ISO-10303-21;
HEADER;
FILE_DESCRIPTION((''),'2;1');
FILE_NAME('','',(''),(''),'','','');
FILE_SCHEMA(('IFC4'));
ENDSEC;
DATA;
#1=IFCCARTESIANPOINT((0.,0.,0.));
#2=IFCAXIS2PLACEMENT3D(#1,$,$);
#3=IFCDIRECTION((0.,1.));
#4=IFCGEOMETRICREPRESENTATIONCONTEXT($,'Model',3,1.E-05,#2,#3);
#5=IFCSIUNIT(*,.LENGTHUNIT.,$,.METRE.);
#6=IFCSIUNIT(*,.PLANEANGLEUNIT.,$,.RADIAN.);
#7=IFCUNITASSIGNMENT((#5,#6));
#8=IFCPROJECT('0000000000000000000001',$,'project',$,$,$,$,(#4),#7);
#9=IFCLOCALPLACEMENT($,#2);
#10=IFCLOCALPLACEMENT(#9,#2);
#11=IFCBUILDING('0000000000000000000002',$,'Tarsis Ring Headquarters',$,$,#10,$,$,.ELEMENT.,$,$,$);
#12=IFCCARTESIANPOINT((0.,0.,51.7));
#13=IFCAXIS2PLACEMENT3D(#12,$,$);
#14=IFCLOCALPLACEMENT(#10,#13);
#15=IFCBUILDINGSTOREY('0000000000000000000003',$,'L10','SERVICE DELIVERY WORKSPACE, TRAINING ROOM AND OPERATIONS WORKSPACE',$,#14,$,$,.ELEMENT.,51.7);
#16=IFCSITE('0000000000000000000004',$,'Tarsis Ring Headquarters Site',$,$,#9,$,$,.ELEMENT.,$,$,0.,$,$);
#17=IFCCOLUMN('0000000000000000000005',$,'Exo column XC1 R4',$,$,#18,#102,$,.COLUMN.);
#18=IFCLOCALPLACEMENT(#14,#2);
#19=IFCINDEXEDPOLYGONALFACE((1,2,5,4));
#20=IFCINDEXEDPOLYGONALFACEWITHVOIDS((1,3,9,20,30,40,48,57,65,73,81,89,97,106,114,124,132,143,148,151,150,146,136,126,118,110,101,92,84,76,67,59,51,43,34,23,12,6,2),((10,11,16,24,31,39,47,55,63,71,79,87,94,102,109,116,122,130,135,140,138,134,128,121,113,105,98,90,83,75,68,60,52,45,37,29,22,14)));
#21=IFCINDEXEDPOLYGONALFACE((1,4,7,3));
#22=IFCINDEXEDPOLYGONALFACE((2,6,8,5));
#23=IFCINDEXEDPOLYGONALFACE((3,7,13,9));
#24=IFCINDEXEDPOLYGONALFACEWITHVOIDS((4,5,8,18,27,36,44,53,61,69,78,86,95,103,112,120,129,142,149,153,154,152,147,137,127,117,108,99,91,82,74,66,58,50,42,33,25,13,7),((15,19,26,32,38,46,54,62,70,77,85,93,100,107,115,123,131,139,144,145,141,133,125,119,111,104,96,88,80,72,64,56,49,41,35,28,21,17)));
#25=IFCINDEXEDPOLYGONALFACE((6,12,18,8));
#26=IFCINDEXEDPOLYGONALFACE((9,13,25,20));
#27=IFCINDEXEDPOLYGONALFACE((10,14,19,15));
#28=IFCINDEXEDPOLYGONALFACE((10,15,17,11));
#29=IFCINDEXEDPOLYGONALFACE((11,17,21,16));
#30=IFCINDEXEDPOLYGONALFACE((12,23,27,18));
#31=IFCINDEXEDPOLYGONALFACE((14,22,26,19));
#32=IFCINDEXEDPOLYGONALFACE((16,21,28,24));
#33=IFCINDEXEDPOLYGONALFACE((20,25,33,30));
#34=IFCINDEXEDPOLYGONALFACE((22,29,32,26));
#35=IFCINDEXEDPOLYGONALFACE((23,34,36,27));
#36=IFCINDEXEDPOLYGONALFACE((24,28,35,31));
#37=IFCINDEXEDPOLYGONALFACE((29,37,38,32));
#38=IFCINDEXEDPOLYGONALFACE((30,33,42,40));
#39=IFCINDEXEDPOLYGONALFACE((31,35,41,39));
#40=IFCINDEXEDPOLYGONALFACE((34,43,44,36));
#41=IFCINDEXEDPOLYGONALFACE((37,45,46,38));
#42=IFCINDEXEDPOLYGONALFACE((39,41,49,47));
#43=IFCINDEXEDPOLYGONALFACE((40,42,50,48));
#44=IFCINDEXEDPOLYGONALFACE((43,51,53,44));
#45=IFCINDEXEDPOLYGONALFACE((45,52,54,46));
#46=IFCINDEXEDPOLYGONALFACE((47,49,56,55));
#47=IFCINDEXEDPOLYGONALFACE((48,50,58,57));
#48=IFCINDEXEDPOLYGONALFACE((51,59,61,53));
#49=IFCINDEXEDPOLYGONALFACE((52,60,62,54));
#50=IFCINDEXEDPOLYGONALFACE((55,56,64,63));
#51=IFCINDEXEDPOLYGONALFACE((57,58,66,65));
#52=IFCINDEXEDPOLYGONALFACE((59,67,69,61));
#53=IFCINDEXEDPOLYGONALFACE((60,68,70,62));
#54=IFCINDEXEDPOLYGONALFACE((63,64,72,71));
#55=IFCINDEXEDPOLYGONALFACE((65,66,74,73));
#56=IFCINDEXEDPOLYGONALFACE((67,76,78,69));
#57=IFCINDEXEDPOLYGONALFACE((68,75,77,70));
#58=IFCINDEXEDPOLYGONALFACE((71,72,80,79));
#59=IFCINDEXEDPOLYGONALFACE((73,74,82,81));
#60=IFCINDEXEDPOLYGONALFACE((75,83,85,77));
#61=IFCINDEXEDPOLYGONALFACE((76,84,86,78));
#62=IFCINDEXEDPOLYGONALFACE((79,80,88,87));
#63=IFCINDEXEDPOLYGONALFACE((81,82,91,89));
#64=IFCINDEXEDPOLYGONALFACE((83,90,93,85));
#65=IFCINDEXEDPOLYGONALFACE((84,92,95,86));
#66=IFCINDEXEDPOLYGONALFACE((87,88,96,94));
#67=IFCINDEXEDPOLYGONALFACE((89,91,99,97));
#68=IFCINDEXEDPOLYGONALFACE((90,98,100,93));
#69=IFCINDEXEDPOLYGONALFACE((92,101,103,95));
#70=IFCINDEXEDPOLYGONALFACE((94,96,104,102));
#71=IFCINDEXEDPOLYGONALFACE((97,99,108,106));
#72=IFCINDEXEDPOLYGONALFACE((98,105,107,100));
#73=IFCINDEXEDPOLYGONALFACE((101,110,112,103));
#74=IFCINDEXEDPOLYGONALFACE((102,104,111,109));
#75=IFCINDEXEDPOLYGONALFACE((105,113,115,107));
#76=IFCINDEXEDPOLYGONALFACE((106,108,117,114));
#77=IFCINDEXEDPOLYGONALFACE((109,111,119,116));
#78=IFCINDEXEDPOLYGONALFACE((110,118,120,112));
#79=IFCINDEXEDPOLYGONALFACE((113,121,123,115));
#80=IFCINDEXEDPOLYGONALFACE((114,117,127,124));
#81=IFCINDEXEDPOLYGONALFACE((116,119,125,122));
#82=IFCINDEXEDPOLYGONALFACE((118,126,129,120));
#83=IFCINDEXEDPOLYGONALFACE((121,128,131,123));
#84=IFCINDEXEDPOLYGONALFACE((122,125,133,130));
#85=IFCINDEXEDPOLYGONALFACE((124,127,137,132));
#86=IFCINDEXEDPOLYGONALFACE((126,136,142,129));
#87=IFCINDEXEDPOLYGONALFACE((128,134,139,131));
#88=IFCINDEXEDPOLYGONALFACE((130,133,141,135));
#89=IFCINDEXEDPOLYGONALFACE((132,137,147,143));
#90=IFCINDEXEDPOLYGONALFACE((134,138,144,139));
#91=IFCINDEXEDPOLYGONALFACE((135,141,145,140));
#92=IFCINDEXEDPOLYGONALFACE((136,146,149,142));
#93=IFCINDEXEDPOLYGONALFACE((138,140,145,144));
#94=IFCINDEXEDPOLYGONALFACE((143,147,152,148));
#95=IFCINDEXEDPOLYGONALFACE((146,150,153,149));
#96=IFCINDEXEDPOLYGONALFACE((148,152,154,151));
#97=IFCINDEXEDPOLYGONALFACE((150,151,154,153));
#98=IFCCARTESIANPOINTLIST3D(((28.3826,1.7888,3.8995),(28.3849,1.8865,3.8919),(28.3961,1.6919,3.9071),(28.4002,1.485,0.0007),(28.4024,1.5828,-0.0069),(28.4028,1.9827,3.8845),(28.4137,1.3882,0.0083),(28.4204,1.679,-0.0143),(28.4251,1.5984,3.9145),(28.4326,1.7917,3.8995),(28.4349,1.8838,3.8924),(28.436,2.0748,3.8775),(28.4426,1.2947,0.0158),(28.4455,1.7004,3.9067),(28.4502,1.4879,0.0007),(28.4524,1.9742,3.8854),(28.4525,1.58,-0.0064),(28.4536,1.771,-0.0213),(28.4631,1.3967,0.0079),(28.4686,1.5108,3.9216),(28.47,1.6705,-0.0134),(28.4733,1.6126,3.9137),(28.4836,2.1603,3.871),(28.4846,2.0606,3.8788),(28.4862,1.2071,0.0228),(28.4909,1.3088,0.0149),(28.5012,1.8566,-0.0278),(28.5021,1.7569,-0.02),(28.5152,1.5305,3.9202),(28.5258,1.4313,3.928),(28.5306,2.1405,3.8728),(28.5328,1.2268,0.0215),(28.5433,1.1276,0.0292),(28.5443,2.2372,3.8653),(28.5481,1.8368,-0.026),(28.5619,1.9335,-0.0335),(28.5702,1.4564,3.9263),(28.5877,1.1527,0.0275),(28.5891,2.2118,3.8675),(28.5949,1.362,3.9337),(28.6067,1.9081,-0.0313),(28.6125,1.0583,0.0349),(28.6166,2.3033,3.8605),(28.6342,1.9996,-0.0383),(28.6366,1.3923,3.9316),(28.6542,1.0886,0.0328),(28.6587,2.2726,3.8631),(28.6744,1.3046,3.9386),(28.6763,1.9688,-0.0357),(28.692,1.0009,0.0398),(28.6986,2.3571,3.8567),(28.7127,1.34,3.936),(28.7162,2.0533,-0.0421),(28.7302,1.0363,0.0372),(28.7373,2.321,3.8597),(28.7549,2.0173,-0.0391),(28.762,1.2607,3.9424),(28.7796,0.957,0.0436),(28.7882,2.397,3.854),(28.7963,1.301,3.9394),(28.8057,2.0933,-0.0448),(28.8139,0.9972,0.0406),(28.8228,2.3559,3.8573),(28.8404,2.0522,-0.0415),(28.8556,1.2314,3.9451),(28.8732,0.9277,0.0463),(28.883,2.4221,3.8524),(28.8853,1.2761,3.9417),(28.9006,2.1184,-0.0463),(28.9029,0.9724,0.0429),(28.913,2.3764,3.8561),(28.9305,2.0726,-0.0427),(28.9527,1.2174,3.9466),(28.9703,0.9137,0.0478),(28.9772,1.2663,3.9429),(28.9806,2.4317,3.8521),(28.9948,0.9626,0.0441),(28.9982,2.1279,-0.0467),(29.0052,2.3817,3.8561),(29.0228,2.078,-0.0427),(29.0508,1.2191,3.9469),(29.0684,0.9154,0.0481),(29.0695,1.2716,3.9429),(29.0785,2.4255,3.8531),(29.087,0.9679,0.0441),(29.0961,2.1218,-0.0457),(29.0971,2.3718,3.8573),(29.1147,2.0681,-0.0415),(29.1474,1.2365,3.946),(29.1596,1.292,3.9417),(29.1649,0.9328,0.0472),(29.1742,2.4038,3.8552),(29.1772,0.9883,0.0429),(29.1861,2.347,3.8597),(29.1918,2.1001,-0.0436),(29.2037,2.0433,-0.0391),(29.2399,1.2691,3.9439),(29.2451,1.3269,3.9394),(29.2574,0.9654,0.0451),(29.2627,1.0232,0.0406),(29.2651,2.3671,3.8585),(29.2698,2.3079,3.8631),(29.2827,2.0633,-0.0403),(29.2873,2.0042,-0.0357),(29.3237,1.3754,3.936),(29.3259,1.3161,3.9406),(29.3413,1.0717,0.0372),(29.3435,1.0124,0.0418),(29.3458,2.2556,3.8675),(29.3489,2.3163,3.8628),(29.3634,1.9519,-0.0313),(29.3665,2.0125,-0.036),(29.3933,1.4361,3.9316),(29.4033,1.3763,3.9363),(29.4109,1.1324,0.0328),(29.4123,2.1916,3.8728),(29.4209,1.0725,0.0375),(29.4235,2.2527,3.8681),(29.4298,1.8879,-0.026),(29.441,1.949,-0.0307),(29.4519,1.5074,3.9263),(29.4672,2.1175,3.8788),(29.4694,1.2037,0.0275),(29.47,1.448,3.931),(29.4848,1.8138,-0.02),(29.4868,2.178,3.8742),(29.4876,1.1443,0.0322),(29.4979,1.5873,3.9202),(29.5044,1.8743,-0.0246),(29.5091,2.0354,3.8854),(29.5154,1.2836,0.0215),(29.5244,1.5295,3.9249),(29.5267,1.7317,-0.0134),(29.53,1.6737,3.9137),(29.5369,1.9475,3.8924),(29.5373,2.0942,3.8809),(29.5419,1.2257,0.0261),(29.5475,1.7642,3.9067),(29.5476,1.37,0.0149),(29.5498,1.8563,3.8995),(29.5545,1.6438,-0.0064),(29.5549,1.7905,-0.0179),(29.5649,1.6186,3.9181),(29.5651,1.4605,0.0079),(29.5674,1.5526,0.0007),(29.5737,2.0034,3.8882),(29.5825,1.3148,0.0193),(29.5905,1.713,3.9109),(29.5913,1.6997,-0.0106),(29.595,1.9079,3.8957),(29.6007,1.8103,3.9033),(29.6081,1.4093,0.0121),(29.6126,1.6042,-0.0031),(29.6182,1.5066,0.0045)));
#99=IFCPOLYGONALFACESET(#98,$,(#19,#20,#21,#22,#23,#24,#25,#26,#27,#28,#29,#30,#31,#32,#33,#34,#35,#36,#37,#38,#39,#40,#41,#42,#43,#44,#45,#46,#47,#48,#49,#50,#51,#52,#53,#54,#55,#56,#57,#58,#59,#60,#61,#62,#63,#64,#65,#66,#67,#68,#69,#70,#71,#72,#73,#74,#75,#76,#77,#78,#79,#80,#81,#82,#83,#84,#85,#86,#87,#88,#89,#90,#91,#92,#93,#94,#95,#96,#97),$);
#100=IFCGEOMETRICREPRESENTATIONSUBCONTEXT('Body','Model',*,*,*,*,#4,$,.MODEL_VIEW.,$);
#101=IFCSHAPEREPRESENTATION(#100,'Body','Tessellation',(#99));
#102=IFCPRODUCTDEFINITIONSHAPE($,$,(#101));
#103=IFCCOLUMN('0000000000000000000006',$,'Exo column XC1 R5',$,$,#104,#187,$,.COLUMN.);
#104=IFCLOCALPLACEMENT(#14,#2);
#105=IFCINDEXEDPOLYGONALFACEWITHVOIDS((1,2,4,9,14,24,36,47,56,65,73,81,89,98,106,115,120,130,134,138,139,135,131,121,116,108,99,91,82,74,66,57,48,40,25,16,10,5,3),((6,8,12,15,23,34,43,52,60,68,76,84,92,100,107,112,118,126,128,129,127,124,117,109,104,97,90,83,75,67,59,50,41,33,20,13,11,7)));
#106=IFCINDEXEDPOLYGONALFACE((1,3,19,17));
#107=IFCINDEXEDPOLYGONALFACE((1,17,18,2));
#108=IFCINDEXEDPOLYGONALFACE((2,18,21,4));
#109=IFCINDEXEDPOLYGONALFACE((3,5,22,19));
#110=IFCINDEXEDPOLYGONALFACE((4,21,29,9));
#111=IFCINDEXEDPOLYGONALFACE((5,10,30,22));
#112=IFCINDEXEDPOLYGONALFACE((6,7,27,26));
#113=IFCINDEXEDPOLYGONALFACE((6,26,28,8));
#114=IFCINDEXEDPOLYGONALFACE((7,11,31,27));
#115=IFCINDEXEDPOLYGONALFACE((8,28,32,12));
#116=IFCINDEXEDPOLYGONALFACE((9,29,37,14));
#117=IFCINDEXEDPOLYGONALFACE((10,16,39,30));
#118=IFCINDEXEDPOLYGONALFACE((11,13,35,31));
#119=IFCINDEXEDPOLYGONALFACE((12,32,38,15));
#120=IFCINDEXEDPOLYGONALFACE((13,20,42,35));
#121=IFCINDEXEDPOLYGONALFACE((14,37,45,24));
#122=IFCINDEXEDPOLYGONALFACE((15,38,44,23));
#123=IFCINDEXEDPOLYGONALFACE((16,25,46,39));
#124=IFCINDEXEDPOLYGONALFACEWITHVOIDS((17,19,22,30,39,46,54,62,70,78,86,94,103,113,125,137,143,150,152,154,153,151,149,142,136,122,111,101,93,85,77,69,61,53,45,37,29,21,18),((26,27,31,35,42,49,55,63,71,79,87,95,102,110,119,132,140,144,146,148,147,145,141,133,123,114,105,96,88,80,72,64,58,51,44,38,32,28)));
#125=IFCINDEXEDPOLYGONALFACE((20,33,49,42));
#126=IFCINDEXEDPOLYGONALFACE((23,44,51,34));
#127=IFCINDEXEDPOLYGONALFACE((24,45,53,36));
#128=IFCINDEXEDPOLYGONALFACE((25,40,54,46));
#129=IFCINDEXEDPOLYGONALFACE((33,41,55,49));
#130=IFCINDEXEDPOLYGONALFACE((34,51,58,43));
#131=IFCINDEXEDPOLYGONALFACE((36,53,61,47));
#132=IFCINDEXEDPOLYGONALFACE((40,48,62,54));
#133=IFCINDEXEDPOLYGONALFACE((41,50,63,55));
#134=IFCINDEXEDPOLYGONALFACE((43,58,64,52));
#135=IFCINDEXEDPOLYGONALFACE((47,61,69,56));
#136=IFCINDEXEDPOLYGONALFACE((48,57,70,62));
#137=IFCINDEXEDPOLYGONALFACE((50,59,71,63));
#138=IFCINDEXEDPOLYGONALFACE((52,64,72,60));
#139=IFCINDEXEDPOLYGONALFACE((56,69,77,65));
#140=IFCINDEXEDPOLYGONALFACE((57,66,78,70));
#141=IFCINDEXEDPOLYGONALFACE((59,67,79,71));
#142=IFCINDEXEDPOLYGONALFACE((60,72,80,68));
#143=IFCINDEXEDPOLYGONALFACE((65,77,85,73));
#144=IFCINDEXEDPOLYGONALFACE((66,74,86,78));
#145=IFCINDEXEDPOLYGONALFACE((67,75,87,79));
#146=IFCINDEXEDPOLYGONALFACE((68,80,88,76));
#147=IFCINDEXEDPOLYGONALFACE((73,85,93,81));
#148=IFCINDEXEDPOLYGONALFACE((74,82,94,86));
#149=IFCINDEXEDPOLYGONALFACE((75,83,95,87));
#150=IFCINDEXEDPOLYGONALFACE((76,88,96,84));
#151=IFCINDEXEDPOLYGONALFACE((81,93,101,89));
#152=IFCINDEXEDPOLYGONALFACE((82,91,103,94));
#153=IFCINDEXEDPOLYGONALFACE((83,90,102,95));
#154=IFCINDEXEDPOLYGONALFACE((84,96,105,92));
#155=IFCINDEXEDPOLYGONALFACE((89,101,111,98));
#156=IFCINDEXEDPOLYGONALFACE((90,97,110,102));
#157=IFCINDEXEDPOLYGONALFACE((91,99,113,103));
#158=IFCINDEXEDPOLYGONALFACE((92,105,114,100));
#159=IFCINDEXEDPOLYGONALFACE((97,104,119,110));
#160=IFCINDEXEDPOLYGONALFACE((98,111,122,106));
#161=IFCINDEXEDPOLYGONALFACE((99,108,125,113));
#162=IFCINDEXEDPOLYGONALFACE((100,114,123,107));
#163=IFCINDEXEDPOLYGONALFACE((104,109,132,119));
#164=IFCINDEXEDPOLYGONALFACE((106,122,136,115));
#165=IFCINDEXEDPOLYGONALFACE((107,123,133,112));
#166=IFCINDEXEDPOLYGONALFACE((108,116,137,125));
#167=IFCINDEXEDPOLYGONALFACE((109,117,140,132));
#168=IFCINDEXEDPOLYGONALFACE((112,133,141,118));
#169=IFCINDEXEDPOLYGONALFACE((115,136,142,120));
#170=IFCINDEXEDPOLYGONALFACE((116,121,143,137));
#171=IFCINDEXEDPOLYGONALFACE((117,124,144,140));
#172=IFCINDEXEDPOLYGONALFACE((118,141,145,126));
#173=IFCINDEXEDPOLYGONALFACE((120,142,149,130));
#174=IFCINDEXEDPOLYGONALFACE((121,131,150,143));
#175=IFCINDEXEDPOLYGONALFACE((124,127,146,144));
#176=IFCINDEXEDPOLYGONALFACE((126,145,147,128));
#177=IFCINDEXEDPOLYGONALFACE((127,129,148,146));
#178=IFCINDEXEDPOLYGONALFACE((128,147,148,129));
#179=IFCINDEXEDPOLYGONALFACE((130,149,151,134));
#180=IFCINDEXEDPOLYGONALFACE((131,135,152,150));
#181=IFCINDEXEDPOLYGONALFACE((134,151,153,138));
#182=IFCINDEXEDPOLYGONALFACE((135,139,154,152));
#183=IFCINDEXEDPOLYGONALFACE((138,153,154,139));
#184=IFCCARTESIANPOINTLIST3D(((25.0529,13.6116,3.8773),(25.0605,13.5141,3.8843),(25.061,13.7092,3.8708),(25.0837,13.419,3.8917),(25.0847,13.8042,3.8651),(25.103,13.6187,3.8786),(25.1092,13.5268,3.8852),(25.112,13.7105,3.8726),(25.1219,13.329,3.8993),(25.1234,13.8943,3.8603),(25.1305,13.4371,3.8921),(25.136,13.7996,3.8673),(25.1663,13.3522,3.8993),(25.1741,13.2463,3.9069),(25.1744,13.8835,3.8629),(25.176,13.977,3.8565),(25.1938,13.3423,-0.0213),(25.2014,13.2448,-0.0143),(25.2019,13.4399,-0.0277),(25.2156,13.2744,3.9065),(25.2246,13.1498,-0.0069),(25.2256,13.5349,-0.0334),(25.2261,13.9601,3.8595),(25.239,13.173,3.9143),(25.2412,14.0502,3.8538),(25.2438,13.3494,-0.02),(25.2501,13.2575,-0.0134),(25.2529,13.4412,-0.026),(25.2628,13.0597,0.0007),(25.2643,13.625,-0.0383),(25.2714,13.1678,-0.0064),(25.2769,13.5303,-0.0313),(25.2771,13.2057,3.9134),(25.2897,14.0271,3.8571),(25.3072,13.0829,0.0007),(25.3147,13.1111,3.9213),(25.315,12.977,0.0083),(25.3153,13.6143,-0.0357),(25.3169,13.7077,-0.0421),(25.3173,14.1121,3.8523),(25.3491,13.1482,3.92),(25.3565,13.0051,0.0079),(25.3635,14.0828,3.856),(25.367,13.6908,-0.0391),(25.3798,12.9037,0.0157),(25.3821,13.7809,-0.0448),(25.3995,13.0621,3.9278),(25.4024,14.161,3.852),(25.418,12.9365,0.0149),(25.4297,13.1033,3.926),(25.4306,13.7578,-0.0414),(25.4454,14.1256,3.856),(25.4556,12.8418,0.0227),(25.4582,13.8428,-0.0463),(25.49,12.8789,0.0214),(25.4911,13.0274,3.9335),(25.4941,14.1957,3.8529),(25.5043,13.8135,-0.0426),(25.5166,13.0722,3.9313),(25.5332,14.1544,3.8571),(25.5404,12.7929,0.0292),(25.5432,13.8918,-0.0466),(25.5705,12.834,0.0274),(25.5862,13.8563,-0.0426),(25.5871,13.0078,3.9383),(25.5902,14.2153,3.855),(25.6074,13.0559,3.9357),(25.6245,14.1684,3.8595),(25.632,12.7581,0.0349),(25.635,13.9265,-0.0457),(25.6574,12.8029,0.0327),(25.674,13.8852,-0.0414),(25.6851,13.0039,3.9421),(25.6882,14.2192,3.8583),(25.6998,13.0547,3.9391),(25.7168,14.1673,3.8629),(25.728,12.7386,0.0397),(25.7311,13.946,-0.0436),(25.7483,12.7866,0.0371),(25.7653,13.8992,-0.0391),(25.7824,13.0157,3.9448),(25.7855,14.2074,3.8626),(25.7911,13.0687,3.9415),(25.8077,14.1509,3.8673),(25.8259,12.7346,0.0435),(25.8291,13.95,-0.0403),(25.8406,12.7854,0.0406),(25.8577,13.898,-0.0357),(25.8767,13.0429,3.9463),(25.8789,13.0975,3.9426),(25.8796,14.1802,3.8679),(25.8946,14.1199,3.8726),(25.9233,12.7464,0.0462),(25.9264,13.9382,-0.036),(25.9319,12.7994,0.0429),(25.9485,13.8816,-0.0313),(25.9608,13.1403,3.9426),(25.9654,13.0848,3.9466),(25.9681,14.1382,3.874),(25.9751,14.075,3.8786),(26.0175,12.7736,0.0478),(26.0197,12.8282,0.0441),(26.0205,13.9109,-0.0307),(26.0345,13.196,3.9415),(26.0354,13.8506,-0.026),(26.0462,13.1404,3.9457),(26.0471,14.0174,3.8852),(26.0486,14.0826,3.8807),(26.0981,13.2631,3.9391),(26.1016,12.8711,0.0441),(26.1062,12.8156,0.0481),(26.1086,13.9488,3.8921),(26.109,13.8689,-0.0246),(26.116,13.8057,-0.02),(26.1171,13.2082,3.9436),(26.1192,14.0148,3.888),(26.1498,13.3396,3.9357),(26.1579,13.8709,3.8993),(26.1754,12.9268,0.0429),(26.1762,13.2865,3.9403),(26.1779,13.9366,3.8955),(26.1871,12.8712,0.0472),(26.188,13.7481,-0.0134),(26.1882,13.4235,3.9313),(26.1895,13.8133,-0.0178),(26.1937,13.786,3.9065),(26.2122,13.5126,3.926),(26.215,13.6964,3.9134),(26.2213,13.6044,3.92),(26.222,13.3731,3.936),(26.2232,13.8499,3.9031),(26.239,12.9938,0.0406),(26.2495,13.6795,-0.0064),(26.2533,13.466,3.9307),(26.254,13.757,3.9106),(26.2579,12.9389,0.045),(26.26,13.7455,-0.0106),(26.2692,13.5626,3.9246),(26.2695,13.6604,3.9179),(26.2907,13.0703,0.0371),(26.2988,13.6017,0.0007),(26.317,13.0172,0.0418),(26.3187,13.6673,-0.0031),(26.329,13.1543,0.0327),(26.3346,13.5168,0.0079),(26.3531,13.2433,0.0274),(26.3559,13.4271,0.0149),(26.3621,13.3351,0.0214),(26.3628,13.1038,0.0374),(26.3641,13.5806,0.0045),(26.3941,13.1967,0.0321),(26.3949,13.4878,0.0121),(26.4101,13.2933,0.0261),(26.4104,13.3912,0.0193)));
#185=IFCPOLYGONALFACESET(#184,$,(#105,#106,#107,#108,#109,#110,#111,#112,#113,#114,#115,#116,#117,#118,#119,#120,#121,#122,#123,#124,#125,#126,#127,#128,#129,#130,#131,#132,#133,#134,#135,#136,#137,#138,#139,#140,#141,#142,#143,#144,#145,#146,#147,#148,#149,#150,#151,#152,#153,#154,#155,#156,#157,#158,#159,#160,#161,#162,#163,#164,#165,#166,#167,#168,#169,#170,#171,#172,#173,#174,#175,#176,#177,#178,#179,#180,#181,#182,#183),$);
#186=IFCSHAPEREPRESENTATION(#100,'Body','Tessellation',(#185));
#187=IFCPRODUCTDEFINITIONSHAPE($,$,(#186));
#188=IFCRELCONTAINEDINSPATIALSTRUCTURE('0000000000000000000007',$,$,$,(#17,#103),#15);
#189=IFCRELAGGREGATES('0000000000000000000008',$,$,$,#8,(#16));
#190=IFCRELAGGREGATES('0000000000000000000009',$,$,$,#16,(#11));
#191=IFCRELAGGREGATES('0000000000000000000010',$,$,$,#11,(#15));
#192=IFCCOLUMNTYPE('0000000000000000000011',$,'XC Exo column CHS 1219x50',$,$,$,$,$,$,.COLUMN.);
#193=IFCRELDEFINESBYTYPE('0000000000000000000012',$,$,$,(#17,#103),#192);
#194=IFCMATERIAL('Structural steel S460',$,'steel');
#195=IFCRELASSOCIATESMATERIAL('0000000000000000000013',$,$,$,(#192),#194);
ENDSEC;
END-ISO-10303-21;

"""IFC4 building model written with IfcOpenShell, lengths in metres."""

from ifc_helpers import new_model, si_unit, direction, frame, origin, origin_2d, place, context, subcontext, project, spatial, hollow_circle, extrude, material, material_profile, profile_set, type_object, element, save


model = new_model("IFC4")

# Units and contexts
model_context = context("Model", 3, precision=1e-05, world=origin(), true_north=direction((0.0, 1.0)))
body_context = subcontext(model_context, "Body", "Model", "MODEL_VIEW")
ifc_project = project(units=[si_unit("LENGTHUNIT", "METRE"), si_unit("PLANEANGLEUNIT", "RADIAN")], contexts=[model_context])

# Site, building, storey
site_placement = place(None, origin())
site = spatial("IfcSite", under=ifc_project, at=site_placement, Name="Tarsis Ring Headquarters Site", CompositionType="ELEMENT", RefElevation=0.0)
building_placement = place(site_placement, origin())
building = spatial("IfcBuilding", under=site, at=building_placement, Name="Tarsis Ring Headquarters", CompositionType="ELEMENT")
storey_placement = place(building_placement, frame((0.0, 0.0, 51.7)))
storey = spatial("IfcBuildingStorey", under=building, at=storey_placement, Name="L10", Description="SERVICE DELIVERY WORKSPACE, TRAINING ROOM AND OPERATIONS WORKSPACE", CompositionType="ELEMENT", Elevation=51.7)

# Columns
ifc_material_1 = material(Name="Structural steel S460", Category="steel")
ifc_material_profile_1 = material_profile(ifc_material_1, hollow_circle(Radius=0.6096, WallThickness=0.05, at=origin_2d()), Name="CHS 1219x50")
ifc_profile_set_1 = profile_set([ifc_material_profile_1], Name="Structural steel S460")
column_type = type_object("IfcColumnType", Name="XC Exo column CHS 1219x50", PredefinedType="COLUMN", material=ifc_profile_set_1)
column_1_placement = place(storey_placement, frame((29.0088, 1.5203, 0.0007), z_axis=(-0.004495, 0.077665, 0.996969), x_axis=(-0.998329, -0.057781, 0.0)))
element("IfcColumn", 1, at=column_1_placement, inside=storey, type_object=column_type, Name="Exo column XC1 R4", PredefinedType="COLUMN", context=body_context, shape_type="SweptSolid", body=[
    extrude(hollow_circle(Radius=0.6096, WallThickness=0.05, at=origin_2d()), origin(), (0.0, 0.0, 1.0), 3.9106),
])
column_2_placement = place(storey_placement, frame((25.803, 13.3423, 0.0007), z_axis=(-0.036023, 0.068862, 0.996976), x_axis=(-0.886083, -0.463527, 0.0)))
element("IfcColumn", 2, at=column_2_placement, inside=storey, type_object=column_type, Name="Exo column XC1 R5", PredefinedType="COLUMN", context=body_context, shape_type="SweptSolid", body=[
    extrude(hollow_circle(Radius=0.6096, WallThickness=0.05, at=origin_2d()), origin(), (0.0, 0.0, 1.0), 3.9104),
])

save(model, "model.ifc")
